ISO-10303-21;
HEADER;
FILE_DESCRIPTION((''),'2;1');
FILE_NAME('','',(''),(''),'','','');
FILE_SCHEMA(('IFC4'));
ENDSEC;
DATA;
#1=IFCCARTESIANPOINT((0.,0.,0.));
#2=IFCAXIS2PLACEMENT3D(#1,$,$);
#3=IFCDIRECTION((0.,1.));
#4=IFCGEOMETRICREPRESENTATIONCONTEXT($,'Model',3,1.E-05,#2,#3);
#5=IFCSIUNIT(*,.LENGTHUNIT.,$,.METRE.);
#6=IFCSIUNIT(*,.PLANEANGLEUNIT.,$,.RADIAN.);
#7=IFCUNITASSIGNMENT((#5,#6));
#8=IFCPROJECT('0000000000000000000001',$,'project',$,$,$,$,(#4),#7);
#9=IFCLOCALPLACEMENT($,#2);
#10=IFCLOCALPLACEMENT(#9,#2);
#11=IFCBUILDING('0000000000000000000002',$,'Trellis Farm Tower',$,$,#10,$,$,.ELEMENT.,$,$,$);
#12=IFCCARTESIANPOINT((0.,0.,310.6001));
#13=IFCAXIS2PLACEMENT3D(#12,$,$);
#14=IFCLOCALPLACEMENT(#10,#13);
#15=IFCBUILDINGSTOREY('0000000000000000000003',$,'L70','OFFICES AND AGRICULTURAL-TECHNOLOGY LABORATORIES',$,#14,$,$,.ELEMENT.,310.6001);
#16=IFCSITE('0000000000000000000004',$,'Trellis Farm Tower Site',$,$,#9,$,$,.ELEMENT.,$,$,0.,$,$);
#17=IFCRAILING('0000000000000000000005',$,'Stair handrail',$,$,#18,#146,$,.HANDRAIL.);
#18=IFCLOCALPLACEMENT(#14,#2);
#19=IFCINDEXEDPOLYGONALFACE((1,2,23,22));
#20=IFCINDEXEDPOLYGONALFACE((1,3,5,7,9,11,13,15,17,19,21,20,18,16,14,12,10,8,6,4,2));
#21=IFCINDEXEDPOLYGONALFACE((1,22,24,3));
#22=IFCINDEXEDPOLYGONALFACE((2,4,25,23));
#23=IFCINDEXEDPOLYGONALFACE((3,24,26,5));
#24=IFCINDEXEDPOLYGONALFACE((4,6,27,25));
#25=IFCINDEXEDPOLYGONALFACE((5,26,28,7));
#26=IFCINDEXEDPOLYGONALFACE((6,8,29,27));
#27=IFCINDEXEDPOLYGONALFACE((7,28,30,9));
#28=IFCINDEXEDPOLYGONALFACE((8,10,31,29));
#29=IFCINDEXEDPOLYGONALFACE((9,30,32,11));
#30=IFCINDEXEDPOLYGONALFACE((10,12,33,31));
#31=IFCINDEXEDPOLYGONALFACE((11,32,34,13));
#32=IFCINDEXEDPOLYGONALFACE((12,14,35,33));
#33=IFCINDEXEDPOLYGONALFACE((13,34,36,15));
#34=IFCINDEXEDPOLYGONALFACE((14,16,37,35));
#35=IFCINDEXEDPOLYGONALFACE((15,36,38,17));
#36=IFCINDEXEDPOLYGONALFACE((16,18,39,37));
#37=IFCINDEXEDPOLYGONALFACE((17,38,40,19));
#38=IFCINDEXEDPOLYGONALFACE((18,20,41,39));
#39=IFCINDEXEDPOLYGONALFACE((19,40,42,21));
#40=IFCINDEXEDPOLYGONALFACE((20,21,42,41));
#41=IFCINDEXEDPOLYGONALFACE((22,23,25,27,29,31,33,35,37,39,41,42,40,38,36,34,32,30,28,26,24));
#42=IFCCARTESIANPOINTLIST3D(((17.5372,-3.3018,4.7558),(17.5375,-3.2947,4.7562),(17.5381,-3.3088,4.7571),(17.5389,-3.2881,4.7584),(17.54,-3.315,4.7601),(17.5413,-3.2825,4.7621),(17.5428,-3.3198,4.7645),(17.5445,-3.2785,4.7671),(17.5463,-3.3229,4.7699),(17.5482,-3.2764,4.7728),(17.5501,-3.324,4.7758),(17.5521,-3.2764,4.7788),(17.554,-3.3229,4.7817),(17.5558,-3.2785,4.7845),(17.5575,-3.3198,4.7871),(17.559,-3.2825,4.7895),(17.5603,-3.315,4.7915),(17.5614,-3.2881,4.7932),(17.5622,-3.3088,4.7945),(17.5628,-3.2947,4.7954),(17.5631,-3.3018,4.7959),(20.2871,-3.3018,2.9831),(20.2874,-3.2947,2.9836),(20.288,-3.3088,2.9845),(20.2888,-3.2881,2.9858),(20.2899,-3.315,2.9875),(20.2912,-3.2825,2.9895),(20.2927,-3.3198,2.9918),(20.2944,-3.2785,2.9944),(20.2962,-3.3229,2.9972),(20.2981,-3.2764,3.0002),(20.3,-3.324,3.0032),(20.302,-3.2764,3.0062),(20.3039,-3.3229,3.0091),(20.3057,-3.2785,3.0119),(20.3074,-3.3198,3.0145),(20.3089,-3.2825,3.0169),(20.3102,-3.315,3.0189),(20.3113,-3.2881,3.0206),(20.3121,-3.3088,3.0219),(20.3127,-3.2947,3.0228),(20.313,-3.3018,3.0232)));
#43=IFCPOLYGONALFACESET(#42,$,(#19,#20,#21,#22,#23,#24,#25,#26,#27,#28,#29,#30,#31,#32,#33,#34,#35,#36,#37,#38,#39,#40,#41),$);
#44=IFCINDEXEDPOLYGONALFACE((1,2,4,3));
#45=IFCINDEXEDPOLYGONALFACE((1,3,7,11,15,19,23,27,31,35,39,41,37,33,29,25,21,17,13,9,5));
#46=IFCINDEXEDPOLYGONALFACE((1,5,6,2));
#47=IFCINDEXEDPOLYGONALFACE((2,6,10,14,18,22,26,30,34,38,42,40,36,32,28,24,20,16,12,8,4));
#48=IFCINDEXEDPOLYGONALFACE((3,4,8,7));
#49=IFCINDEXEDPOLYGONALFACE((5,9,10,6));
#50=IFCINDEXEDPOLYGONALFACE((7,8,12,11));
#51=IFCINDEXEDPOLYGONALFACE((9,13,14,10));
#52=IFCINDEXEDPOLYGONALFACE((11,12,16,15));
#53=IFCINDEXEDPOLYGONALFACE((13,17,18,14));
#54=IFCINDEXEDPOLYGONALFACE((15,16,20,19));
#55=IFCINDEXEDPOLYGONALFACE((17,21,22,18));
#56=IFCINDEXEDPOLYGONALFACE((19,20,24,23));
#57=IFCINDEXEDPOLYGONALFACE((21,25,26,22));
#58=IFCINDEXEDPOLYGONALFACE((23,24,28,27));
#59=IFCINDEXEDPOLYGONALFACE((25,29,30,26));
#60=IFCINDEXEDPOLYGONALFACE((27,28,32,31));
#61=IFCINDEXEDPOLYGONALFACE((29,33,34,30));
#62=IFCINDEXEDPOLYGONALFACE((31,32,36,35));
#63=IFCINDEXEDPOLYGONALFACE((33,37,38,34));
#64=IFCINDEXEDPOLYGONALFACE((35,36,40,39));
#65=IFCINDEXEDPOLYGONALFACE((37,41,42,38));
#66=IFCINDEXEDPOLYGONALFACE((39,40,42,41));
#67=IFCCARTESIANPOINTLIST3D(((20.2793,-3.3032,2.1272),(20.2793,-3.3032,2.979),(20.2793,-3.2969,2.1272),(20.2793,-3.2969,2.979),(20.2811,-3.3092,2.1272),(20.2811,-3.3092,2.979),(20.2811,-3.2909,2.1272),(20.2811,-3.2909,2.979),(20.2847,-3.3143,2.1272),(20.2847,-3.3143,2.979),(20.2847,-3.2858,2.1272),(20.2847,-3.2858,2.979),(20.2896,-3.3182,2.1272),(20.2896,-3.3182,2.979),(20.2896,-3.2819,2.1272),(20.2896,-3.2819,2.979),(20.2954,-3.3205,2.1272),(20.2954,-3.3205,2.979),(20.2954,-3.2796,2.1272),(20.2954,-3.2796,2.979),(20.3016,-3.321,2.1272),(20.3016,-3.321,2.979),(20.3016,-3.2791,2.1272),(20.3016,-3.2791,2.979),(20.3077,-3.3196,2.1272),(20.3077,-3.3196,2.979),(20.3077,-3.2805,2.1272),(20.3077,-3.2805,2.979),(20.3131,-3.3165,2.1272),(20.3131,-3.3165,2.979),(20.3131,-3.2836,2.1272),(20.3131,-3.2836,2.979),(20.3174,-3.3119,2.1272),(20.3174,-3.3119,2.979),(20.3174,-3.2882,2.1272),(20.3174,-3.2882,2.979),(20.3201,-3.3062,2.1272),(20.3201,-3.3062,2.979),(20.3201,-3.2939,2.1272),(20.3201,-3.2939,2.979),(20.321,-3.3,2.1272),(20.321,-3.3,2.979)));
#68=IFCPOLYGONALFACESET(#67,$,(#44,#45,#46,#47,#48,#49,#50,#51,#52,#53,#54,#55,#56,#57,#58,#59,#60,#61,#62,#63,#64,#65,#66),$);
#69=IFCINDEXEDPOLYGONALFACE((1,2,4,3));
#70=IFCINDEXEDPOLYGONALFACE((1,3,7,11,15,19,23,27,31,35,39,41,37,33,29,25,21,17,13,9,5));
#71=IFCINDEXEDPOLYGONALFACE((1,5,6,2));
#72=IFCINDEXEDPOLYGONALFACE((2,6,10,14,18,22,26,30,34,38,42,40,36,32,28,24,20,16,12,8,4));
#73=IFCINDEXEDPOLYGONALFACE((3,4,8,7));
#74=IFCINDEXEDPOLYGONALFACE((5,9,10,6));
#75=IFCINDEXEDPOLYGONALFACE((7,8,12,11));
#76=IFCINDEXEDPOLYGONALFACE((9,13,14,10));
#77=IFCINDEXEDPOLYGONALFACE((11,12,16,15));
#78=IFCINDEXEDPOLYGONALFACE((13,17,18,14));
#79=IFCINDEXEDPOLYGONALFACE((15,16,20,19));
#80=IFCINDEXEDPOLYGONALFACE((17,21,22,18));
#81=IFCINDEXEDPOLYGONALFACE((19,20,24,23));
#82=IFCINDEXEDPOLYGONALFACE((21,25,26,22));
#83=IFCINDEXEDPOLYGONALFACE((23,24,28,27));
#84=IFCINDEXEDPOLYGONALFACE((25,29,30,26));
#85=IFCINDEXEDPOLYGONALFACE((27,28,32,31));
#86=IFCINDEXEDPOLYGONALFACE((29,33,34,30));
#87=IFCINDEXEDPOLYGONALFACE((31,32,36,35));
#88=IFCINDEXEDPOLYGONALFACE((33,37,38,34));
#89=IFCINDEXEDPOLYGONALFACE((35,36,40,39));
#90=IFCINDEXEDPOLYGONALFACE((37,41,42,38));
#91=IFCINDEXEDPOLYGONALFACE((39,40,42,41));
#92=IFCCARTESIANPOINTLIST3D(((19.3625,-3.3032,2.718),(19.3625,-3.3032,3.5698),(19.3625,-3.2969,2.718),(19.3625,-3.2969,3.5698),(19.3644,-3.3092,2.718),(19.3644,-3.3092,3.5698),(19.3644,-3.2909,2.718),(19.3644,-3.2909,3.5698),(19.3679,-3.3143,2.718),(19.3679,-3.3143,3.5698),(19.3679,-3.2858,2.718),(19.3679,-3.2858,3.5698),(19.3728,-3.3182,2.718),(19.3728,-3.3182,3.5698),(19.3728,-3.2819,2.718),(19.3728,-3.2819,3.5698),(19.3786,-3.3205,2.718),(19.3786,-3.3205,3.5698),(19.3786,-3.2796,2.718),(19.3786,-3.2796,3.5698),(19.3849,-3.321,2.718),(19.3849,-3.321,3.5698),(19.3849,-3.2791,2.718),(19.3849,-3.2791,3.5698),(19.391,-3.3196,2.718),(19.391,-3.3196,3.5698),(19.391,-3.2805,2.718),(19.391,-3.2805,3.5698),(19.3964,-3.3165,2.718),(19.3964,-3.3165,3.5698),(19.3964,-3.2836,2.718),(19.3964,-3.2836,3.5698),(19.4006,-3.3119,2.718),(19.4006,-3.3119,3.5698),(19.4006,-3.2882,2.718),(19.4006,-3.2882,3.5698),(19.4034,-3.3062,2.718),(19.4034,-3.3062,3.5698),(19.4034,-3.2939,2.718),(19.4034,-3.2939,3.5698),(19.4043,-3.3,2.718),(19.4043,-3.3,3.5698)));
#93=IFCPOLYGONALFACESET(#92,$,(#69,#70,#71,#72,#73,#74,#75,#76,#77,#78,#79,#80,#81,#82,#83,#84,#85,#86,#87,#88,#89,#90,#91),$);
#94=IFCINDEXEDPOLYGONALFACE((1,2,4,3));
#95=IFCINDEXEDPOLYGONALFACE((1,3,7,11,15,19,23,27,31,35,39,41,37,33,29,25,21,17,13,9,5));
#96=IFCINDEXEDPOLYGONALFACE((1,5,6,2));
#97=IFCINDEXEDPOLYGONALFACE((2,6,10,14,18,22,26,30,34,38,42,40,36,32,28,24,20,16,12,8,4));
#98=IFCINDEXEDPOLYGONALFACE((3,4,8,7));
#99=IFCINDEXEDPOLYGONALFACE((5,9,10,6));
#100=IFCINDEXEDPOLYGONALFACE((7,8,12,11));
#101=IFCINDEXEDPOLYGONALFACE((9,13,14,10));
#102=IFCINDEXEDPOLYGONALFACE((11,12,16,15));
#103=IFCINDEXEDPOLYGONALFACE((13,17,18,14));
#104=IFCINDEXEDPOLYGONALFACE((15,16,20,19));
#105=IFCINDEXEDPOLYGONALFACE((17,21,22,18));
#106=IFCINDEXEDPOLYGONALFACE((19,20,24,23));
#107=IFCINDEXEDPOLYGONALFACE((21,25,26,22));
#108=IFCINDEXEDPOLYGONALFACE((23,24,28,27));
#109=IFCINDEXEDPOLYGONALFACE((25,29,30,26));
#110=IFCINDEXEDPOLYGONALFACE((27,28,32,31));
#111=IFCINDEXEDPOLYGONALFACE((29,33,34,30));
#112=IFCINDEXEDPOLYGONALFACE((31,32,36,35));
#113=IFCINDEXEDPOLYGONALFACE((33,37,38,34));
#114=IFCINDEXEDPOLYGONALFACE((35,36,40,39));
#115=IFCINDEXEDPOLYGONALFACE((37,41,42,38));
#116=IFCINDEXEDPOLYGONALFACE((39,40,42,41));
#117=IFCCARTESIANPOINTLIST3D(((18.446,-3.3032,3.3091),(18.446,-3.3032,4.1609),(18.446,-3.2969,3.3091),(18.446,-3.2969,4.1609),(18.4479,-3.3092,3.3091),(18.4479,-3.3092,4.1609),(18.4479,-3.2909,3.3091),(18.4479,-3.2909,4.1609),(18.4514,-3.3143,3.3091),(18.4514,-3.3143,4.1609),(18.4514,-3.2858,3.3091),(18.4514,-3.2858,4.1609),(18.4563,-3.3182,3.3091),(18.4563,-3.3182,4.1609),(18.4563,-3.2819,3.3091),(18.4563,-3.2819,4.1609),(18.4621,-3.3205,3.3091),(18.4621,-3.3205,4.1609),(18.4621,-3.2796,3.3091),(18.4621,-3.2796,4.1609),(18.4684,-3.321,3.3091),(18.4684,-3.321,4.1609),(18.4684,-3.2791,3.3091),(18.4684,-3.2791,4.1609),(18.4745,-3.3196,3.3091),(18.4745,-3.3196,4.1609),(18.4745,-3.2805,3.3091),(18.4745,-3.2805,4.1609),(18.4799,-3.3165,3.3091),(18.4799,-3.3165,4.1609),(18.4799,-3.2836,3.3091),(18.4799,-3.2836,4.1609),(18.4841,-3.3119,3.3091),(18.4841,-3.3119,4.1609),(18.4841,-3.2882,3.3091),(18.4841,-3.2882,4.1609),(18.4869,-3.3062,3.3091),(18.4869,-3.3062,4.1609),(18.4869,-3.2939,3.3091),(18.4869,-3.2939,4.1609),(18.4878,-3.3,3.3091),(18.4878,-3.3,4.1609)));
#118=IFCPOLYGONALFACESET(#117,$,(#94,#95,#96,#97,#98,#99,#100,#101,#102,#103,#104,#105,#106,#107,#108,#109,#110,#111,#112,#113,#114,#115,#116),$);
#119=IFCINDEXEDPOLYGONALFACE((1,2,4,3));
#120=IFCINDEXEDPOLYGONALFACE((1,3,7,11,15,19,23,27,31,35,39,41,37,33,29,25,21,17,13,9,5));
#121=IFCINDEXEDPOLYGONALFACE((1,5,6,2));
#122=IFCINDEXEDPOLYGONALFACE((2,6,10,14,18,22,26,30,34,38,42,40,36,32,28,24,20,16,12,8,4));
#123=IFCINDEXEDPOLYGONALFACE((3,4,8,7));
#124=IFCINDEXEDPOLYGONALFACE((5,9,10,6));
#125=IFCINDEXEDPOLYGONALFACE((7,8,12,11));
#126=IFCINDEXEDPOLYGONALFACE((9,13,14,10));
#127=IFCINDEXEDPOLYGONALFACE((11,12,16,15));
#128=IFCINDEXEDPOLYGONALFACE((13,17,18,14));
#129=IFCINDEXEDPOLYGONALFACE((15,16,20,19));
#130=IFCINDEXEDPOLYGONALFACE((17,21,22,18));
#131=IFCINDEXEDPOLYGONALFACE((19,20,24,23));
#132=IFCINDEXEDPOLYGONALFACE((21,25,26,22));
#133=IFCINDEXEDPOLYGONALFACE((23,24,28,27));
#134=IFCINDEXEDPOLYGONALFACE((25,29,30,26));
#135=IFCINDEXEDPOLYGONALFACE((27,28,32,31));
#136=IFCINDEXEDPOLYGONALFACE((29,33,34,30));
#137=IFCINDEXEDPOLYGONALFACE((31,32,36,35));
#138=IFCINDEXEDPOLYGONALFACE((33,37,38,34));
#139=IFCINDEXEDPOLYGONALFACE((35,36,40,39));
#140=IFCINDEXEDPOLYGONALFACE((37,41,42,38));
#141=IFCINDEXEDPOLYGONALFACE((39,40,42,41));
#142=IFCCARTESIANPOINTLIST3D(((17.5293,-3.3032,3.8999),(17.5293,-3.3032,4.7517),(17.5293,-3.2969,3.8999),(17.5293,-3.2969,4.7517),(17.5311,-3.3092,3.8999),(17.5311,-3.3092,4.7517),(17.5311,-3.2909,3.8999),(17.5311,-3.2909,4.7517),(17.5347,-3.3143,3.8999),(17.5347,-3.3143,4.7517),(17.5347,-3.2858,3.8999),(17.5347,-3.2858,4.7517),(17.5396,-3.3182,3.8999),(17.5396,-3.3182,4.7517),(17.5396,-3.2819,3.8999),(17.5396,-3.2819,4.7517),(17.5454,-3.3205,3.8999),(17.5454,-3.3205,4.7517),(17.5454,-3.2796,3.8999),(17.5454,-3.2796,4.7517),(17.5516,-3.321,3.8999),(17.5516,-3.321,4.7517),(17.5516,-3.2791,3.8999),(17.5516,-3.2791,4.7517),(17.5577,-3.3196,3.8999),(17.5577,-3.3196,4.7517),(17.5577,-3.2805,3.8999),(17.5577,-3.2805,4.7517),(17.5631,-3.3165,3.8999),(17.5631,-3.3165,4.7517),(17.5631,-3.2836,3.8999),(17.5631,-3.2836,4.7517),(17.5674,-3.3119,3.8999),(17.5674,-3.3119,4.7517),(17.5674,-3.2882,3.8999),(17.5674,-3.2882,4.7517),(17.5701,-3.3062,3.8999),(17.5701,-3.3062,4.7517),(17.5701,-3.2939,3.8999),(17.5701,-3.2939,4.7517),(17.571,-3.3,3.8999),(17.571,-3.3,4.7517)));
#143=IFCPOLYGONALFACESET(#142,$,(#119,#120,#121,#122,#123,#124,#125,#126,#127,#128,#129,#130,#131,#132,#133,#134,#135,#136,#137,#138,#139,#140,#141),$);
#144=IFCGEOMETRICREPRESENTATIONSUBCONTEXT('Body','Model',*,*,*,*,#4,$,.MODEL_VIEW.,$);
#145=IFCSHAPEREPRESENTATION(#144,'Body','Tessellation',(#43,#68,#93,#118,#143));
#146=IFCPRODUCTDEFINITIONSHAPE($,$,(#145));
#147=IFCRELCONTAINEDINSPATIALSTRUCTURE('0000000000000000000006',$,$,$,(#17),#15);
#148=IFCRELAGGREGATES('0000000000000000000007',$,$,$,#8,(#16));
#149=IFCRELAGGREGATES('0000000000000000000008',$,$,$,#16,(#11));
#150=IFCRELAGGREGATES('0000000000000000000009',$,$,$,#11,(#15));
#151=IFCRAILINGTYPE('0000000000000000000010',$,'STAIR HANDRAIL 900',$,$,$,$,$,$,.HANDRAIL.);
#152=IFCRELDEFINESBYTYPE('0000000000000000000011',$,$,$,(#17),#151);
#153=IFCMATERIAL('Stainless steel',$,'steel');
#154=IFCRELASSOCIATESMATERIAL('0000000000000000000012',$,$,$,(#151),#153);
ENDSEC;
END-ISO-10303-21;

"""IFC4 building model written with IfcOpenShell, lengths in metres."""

from ifc_helpers import new_model, si_unit, direction, frame, origin, origin_2d, place, context, subcontext, project, spatial, circle, extrude, source, transform, mapped, material, type_object, element, save


model = new_model("IFC4")

# Units and contexts
model_context = context("Model", 3, precision=1e-05, world=origin(), true_north=direction((0.0, 1.0)))
body_context = subcontext(model_context, "Body", "Model", "MODEL_VIEW")
ifc_project = project(units=[si_unit("LENGTHUNIT", "METRE"), si_unit("PLANEANGLEUNIT", "RADIAN")], contexts=[model_context])

# Site, building, storey
site_placement = place(None, origin())
site = spatial("IfcSite", under=ifc_project, at=site_placement, Name="Trellis Farm Tower Site", CompositionType="ELEMENT", RefElevation=0.0)
building_placement = place(site_placement, origin())
building = spatial("IfcBuilding", under=site, at=building_placement, Name="Trellis Farm Tower", CompositionType="ELEMENT")
storey_placement = place(building_placement, frame((0.0, 0.0, 310.6001)))
storey = spatial("IfcBuildingStorey", under=building, at=storey_placement, Name="L70", Description="OFFICES AND AGRICULTURAL-TECHNOLOGY LABORATORIES", CompositionType="ELEMENT", Elevation=310.6001)

# Railing
ifc_material_1 = material(Name="Stainless steel", Category="steel")
railing_type = type_object("IfcRailingType", Name="STAIR HANDRAIL 900", PredefinedType="HANDRAIL", material=ifc_material_1)
shared_shape_1 = source(origin(), body_context, "Body", "SweptSolid", [
    extrude(circle(Radius=0.0239, at=origin_2d()), frame((0.0, 0.0, 0.876), z_axis=(-0.840504, 0.0, 0.541806), x_axis=(0.0, -1.0, 0.0)), (0.0, 0.0, 1.0), 3.2717),
    extrude(circle(Radius=0.021, at=origin_2d()), origin(), (0.0, 0.0, 1.0), 0.8518),
    extrude(circle(Radius=0.021, at=origin_2d()), frame((-0.9167, 0.0, 0.5908)), (0.0, 0.0, 1.0), 0.8518),
    extrude(circle(Radius=0.021, at=origin_2d()), frame((-1.8333, 0.0, 1.1819)), (0.0, 0.0, 1.0), 0.8518),
    extrude(circle(Radius=0.021, at=origin_2d()), frame((-2.75, 0.0, 1.7727)), (0.0, 0.0, 1.0), 0.8518),
])
for number, where, name in (
    (1, (20.3, -3.3, 2.1272), "Stair handrail"),
):
    element("IfcRailing", number, at=place(storey_placement, frame(where)), inside=storey, type_object=railing_type, Name=name, PredefinedType="HANDRAIL", context=body_context, shape_type="MappedRepresentation", body=[
        mapped(shared_shape_1, transform((0.0, 0.0, 0.0))),
    ])

save(model, "model.ifc")
